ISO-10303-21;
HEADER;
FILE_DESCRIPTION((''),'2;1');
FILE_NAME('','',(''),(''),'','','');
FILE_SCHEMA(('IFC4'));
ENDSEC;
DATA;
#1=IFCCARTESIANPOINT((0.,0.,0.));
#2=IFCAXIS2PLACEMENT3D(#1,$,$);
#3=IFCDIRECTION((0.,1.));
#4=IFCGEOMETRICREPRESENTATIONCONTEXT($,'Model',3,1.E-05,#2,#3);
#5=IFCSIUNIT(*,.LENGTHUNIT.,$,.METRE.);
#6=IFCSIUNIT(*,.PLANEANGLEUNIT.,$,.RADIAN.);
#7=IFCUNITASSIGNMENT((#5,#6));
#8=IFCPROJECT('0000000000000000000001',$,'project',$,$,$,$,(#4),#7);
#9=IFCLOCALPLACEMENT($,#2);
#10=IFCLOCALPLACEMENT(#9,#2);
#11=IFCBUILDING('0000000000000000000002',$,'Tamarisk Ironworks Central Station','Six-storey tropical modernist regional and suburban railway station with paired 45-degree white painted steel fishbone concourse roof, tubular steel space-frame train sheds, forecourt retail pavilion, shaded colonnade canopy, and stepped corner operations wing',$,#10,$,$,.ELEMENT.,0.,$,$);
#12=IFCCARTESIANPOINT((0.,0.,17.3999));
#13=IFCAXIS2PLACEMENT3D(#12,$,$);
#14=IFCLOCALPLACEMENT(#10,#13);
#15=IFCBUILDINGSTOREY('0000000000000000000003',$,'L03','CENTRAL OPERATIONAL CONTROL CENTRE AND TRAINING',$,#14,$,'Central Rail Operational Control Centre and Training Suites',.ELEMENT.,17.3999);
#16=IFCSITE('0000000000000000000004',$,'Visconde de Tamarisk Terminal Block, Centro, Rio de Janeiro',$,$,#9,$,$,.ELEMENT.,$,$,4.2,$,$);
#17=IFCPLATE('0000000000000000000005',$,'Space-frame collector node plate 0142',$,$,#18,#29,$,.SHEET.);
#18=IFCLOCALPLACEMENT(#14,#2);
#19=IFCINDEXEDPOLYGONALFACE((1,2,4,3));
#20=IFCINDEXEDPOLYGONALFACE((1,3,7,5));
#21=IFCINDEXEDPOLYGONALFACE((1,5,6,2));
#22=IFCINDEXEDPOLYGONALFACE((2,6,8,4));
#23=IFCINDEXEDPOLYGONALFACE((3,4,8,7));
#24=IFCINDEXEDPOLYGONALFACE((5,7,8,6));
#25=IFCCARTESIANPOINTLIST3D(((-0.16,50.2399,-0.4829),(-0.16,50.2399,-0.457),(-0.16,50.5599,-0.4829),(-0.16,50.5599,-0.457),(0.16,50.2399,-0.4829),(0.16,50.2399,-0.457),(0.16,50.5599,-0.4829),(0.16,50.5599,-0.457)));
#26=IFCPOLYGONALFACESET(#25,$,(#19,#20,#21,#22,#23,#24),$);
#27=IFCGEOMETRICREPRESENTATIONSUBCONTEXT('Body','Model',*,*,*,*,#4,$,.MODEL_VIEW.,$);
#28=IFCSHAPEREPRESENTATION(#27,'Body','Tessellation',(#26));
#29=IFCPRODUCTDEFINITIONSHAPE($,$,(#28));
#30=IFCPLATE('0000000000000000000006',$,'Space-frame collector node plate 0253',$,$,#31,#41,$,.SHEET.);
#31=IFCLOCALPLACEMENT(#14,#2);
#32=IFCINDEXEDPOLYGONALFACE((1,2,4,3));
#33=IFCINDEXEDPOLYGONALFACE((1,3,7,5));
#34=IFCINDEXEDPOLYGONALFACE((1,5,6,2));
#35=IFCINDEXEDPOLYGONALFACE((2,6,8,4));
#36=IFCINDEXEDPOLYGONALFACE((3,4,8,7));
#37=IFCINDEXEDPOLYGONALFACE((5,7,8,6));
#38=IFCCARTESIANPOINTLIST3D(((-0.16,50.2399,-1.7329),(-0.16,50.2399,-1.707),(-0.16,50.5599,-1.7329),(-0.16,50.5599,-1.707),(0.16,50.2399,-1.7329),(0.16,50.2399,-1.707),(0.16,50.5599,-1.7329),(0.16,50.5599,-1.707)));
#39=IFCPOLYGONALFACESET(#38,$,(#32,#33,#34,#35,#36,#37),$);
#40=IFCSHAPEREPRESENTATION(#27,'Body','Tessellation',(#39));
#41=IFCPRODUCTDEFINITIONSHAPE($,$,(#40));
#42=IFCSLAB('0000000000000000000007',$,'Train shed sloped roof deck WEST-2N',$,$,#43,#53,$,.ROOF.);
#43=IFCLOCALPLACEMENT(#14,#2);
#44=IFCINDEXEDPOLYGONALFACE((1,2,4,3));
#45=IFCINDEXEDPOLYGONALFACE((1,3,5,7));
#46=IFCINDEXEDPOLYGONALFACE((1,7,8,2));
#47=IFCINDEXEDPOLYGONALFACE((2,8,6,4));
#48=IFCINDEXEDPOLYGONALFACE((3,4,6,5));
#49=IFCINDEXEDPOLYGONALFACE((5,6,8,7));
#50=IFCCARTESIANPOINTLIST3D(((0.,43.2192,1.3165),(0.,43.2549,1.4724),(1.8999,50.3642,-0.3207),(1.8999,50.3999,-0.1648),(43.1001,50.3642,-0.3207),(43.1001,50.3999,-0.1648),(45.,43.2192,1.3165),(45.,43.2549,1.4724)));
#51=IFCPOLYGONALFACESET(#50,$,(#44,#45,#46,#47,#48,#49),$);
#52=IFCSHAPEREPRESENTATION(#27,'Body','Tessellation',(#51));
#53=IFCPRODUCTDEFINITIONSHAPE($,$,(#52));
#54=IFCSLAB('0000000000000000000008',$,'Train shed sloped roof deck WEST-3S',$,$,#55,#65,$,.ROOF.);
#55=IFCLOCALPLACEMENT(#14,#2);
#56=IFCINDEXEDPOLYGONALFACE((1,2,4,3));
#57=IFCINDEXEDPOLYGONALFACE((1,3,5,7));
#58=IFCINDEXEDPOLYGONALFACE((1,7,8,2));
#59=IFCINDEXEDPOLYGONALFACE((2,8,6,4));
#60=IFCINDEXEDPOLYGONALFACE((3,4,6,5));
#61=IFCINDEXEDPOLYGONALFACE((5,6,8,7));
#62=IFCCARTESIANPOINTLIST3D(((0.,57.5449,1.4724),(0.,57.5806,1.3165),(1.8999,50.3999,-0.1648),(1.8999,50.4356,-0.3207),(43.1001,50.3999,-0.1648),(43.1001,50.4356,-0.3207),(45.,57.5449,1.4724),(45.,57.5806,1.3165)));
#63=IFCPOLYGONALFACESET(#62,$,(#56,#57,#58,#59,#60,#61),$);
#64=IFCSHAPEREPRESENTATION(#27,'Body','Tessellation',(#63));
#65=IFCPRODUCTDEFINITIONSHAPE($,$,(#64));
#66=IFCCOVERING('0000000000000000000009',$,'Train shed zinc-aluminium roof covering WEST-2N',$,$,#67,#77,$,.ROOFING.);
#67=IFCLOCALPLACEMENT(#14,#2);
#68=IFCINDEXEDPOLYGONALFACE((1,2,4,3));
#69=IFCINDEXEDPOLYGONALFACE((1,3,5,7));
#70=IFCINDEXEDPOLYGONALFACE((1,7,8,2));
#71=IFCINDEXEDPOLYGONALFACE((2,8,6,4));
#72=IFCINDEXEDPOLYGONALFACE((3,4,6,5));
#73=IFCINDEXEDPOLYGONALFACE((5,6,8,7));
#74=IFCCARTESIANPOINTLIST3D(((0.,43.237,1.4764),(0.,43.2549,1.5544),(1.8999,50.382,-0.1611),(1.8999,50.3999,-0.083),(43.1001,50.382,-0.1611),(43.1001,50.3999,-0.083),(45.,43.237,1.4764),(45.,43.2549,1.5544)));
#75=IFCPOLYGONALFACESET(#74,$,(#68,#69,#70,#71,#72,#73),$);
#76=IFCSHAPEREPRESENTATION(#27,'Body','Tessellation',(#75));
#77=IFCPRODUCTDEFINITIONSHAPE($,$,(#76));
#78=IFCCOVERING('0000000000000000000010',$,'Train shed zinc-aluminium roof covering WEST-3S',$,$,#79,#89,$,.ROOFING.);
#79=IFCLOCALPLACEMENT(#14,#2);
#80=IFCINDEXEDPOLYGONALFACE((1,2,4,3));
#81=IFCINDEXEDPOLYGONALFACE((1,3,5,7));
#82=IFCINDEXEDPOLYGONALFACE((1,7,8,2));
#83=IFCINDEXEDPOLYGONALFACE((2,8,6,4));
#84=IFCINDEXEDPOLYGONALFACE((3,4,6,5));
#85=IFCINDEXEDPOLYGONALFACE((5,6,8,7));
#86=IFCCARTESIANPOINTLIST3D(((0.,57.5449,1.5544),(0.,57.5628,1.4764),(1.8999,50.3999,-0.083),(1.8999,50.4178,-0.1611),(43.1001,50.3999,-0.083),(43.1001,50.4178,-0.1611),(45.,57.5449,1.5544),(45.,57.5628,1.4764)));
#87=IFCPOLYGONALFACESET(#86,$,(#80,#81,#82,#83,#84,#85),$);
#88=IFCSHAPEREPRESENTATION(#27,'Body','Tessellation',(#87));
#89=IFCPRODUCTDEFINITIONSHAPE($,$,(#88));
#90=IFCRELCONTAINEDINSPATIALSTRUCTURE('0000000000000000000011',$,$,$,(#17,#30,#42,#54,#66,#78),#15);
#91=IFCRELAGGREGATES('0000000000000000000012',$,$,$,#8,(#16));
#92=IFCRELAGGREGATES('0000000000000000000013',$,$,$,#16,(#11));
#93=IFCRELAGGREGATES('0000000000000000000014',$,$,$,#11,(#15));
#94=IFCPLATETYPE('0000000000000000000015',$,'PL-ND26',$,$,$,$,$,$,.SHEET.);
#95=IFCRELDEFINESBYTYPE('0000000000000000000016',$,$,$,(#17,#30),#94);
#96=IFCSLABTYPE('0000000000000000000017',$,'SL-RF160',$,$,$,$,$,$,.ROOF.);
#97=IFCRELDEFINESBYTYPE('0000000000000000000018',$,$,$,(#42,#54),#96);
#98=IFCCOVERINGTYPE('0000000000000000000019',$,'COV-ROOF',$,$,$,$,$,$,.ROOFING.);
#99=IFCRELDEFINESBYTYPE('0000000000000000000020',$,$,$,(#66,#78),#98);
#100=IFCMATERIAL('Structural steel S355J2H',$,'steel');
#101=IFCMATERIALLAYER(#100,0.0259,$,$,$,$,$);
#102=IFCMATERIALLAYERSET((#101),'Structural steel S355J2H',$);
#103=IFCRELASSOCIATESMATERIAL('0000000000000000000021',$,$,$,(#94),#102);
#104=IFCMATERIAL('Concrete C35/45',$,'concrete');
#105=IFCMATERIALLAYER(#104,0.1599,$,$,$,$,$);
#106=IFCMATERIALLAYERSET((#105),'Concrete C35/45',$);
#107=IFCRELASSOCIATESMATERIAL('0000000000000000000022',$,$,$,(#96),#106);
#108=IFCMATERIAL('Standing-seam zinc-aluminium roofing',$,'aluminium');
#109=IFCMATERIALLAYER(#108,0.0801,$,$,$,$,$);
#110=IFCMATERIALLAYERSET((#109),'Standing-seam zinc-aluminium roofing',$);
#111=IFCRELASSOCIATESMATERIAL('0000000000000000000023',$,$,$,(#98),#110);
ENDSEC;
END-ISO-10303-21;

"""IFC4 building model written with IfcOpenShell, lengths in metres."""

from ifc_helpers import new_model, si_unit, direction, frame, origin, origin_2d, place, context, subcontext, project, spatial, polyline, rectangle, outline, extrude, material, layer, layer_set, type_object, element, save


model = new_model("IFC4")

# Units and contexts
model_context = context("Model", 3, precision=1e-05, world=origin(), true_north=direction((0.0, 1.0)))
body_context = subcontext(model_context, "Body", "Model", "MODEL_VIEW")
ifc_project = project(units=[si_unit("LENGTHUNIT", "METRE"), si_unit("PLANEANGLEUNIT", "RADIAN")], contexts=[model_context])

# Site, building, storey
site_placement = place(None, origin())
site = spatial("IfcSite", under=ifc_project, at=site_placement, Name="Visconde de Tamarisk Terminal Block, Centro, Rio de Janeiro", CompositionType="ELEMENT", RefElevation=4.2)
building_placement = place(site_placement, origin())
building = spatial("IfcBuilding", under=site, at=building_placement, Name="Tamarisk Ironworks Central Station", Description="Six-storey tropical modernist regional and suburban railway station with paired 45-degree white painted steel fishbone concourse roof, tubular steel space-frame train sheds, forecourt retail pavilion, shaded colonnade canopy, and stepped corner operations wing", CompositionType="ELEMENT", ElevationOfRefHeight=0.0)
storey_placement = place(building_placement, frame((0.0, 0.0, 17.3999)))
storey = spatial("IfcBuildingStorey", under=building, at=storey_placement, Name="L03", Description="CENTRAL OPERATIONAL CONTROL CENTRE AND TRAINING", LongName="Central Rail Operational Control Centre and Training Suites", CompositionType="ELEMENT", Elevation=17.3999)

# Shared definitions
ifc_material_1 = material(Name="Structural steel S355J2H", Category="steel")

# Plates
ifc_layer_1 = layer(ifc_material_1, 0.0259)
ifc_layer_set_1 = layer_set([ifc_layer_1], Name="Structural steel S355J2H")
plate_type = type_object("IfcPlateType", Name="PL-ND26", PredefinedType="SHEET", material=ifc_layer_set_1)
for number, where, z_axis, x_axis, name in (
    (1, (0.0, 50.3999, -0.4829), (0.0, 0.0, 1.0), (1.0, 0.0, 0.0), "Space-frame collector node plate 0142"),
    (2, (0.0, 50.3999, -1.7329), (0.0, 0.0, 1.0), (1.0, 0.0, 0.0), "Space-frame collector node plate 0253"),
):
    element("IfcPlate", number, at=place(storey_placement, frame(where, z_axis=z_axis, x_axis=x_axis)), inside=storey, type_object=plate_type, Name=name, PredefinedType="SHEET", context=body_context, shape_type="SweptSolid", body=[
        extrude(rectangle(XDim=0.3201, YDim=0.3201, at=origin_2d()), origin(), (0.0, 0.0, 1.0), 0.0259),
    ])

# Slabs
ifc_material_2 = material(Name="Concrete C35/45", Category="concrete")
ifc_layer_2 = layer(ifc_material_2, 0.1599)
ifc_layer_set_2 = layer_set([ifc_layer_2], Name="Concrete C35/45")
slab_type = type_object("IfcSlabType", Name="SL-RF160", PredefinedType="ROOF", material=ifc_layer_set_2)
slab_1_placement = place(storey_placement, frame((0.0, 43.2549, 1.4724), z_axis=(0.0, 0.223351, 0.974738), x_axis=(1.0, 0.0, 0.0)))
element("IfcSlab", 3, at=slab_1_placement, inside=storey, type_object=slab_type, Name="Train shed sloped roof deck WEST-2N", PredefinedType="ROOF", context=body_context, shape_type="SweptSolid", body=[
    extrude(outline(polyline([(0.0, 0.0), (45.0, 0.0), (43.1001, 7.3302), (1.8999, 7.3302), (0.0, 0.0)])), origin(), (0.0, 0.0, -1.0), 0.1599),
])
slab_2_placement = place(storey_placement, frame((1.8999, 50.3999, -0.1648), z_axis=(0.0, -0.223351, 0.974738), x_axis=(1.0, 0.0, 0.0)))
element("IfcSlab", 4, at=slab_2_placement, inside=storey, type_object=slab_type, Name="Train shed sloped roof deck WEST-3S", PredefinedType="ROOF", context=body_context, shape_type="SweptSolid", body=[
    extrude(outline(polyline([(0.0, 0.0), (41.2002, 0.0), (43.1001, 7.3302), (-1.8999, 7.3302), (0.0, 0.0)])), origin(), (0.0, 0.0, -1.0), 0.1599),
])

# Coverings
ifc_material_3 = material(Name="Standing-seam zinc-aluminium roofing", Category="aluminium")
ifc_layer_3 = layer(ifc_material_3, 0.0801)
ifc_layer_set_3 = layer_set([ifc_layer_3], Name="Standing-seam zinc-aluminium roofing")
covering_type = type_object("IfcCoveringType", Name="COV-ROOF", PredefinedType="ROOFING", material=ifc_layer_set_3)
covering_1_placement = place(storey_placement, frame((0.0, 43.2549, 1.5544), z_axis=(0.0, 0.223383, 0.974731), x_axis=(1.0, 0.0, 0.0)))
element("IfcCovering", 5, at=covering_1_placement, inside=storey, type_object=covering_type, Name="Train shed zinc-aluminium roof covering WEST-2N", PredefinedType="ROOFING", context=body_context, shape_type="SweptSolid", body=[
    extrude(outline(polyline([(0.0, 0.0), (45.0, 0.0), (43.1001, 7.3302), (1.8999, 7.3302), (0.0, 0.0)])), origin(), (0.0, 0.0, -1.0), 0.0801),
])
covering_2_placement = place(storey_placement, frame((1.8999, 50.3999, -0.083), z_axis=(0.0, -0.223383, 0.974731), x_axis=(1.0, 0.0, 0.0)))
element("IfcCovering", 6, at=covering_2_placement, inside=storey, type_object=covering_type, Name="Train shed zinc-aluminium roof covering WEST-3S", PredefinedType="ROOFING", context=body_context, shape_type="SweptSolid", body=[
    extrude(outline(polyline([(0.0, 0.0), (41.2002, 0.0), (43.1001, 7.3302), (-1.8999, 7.3302), (0.0, 0.0)])), origin(), (0.0, 0.0, -1.0), 0.0801),
])

save(model, "model.ifc")
